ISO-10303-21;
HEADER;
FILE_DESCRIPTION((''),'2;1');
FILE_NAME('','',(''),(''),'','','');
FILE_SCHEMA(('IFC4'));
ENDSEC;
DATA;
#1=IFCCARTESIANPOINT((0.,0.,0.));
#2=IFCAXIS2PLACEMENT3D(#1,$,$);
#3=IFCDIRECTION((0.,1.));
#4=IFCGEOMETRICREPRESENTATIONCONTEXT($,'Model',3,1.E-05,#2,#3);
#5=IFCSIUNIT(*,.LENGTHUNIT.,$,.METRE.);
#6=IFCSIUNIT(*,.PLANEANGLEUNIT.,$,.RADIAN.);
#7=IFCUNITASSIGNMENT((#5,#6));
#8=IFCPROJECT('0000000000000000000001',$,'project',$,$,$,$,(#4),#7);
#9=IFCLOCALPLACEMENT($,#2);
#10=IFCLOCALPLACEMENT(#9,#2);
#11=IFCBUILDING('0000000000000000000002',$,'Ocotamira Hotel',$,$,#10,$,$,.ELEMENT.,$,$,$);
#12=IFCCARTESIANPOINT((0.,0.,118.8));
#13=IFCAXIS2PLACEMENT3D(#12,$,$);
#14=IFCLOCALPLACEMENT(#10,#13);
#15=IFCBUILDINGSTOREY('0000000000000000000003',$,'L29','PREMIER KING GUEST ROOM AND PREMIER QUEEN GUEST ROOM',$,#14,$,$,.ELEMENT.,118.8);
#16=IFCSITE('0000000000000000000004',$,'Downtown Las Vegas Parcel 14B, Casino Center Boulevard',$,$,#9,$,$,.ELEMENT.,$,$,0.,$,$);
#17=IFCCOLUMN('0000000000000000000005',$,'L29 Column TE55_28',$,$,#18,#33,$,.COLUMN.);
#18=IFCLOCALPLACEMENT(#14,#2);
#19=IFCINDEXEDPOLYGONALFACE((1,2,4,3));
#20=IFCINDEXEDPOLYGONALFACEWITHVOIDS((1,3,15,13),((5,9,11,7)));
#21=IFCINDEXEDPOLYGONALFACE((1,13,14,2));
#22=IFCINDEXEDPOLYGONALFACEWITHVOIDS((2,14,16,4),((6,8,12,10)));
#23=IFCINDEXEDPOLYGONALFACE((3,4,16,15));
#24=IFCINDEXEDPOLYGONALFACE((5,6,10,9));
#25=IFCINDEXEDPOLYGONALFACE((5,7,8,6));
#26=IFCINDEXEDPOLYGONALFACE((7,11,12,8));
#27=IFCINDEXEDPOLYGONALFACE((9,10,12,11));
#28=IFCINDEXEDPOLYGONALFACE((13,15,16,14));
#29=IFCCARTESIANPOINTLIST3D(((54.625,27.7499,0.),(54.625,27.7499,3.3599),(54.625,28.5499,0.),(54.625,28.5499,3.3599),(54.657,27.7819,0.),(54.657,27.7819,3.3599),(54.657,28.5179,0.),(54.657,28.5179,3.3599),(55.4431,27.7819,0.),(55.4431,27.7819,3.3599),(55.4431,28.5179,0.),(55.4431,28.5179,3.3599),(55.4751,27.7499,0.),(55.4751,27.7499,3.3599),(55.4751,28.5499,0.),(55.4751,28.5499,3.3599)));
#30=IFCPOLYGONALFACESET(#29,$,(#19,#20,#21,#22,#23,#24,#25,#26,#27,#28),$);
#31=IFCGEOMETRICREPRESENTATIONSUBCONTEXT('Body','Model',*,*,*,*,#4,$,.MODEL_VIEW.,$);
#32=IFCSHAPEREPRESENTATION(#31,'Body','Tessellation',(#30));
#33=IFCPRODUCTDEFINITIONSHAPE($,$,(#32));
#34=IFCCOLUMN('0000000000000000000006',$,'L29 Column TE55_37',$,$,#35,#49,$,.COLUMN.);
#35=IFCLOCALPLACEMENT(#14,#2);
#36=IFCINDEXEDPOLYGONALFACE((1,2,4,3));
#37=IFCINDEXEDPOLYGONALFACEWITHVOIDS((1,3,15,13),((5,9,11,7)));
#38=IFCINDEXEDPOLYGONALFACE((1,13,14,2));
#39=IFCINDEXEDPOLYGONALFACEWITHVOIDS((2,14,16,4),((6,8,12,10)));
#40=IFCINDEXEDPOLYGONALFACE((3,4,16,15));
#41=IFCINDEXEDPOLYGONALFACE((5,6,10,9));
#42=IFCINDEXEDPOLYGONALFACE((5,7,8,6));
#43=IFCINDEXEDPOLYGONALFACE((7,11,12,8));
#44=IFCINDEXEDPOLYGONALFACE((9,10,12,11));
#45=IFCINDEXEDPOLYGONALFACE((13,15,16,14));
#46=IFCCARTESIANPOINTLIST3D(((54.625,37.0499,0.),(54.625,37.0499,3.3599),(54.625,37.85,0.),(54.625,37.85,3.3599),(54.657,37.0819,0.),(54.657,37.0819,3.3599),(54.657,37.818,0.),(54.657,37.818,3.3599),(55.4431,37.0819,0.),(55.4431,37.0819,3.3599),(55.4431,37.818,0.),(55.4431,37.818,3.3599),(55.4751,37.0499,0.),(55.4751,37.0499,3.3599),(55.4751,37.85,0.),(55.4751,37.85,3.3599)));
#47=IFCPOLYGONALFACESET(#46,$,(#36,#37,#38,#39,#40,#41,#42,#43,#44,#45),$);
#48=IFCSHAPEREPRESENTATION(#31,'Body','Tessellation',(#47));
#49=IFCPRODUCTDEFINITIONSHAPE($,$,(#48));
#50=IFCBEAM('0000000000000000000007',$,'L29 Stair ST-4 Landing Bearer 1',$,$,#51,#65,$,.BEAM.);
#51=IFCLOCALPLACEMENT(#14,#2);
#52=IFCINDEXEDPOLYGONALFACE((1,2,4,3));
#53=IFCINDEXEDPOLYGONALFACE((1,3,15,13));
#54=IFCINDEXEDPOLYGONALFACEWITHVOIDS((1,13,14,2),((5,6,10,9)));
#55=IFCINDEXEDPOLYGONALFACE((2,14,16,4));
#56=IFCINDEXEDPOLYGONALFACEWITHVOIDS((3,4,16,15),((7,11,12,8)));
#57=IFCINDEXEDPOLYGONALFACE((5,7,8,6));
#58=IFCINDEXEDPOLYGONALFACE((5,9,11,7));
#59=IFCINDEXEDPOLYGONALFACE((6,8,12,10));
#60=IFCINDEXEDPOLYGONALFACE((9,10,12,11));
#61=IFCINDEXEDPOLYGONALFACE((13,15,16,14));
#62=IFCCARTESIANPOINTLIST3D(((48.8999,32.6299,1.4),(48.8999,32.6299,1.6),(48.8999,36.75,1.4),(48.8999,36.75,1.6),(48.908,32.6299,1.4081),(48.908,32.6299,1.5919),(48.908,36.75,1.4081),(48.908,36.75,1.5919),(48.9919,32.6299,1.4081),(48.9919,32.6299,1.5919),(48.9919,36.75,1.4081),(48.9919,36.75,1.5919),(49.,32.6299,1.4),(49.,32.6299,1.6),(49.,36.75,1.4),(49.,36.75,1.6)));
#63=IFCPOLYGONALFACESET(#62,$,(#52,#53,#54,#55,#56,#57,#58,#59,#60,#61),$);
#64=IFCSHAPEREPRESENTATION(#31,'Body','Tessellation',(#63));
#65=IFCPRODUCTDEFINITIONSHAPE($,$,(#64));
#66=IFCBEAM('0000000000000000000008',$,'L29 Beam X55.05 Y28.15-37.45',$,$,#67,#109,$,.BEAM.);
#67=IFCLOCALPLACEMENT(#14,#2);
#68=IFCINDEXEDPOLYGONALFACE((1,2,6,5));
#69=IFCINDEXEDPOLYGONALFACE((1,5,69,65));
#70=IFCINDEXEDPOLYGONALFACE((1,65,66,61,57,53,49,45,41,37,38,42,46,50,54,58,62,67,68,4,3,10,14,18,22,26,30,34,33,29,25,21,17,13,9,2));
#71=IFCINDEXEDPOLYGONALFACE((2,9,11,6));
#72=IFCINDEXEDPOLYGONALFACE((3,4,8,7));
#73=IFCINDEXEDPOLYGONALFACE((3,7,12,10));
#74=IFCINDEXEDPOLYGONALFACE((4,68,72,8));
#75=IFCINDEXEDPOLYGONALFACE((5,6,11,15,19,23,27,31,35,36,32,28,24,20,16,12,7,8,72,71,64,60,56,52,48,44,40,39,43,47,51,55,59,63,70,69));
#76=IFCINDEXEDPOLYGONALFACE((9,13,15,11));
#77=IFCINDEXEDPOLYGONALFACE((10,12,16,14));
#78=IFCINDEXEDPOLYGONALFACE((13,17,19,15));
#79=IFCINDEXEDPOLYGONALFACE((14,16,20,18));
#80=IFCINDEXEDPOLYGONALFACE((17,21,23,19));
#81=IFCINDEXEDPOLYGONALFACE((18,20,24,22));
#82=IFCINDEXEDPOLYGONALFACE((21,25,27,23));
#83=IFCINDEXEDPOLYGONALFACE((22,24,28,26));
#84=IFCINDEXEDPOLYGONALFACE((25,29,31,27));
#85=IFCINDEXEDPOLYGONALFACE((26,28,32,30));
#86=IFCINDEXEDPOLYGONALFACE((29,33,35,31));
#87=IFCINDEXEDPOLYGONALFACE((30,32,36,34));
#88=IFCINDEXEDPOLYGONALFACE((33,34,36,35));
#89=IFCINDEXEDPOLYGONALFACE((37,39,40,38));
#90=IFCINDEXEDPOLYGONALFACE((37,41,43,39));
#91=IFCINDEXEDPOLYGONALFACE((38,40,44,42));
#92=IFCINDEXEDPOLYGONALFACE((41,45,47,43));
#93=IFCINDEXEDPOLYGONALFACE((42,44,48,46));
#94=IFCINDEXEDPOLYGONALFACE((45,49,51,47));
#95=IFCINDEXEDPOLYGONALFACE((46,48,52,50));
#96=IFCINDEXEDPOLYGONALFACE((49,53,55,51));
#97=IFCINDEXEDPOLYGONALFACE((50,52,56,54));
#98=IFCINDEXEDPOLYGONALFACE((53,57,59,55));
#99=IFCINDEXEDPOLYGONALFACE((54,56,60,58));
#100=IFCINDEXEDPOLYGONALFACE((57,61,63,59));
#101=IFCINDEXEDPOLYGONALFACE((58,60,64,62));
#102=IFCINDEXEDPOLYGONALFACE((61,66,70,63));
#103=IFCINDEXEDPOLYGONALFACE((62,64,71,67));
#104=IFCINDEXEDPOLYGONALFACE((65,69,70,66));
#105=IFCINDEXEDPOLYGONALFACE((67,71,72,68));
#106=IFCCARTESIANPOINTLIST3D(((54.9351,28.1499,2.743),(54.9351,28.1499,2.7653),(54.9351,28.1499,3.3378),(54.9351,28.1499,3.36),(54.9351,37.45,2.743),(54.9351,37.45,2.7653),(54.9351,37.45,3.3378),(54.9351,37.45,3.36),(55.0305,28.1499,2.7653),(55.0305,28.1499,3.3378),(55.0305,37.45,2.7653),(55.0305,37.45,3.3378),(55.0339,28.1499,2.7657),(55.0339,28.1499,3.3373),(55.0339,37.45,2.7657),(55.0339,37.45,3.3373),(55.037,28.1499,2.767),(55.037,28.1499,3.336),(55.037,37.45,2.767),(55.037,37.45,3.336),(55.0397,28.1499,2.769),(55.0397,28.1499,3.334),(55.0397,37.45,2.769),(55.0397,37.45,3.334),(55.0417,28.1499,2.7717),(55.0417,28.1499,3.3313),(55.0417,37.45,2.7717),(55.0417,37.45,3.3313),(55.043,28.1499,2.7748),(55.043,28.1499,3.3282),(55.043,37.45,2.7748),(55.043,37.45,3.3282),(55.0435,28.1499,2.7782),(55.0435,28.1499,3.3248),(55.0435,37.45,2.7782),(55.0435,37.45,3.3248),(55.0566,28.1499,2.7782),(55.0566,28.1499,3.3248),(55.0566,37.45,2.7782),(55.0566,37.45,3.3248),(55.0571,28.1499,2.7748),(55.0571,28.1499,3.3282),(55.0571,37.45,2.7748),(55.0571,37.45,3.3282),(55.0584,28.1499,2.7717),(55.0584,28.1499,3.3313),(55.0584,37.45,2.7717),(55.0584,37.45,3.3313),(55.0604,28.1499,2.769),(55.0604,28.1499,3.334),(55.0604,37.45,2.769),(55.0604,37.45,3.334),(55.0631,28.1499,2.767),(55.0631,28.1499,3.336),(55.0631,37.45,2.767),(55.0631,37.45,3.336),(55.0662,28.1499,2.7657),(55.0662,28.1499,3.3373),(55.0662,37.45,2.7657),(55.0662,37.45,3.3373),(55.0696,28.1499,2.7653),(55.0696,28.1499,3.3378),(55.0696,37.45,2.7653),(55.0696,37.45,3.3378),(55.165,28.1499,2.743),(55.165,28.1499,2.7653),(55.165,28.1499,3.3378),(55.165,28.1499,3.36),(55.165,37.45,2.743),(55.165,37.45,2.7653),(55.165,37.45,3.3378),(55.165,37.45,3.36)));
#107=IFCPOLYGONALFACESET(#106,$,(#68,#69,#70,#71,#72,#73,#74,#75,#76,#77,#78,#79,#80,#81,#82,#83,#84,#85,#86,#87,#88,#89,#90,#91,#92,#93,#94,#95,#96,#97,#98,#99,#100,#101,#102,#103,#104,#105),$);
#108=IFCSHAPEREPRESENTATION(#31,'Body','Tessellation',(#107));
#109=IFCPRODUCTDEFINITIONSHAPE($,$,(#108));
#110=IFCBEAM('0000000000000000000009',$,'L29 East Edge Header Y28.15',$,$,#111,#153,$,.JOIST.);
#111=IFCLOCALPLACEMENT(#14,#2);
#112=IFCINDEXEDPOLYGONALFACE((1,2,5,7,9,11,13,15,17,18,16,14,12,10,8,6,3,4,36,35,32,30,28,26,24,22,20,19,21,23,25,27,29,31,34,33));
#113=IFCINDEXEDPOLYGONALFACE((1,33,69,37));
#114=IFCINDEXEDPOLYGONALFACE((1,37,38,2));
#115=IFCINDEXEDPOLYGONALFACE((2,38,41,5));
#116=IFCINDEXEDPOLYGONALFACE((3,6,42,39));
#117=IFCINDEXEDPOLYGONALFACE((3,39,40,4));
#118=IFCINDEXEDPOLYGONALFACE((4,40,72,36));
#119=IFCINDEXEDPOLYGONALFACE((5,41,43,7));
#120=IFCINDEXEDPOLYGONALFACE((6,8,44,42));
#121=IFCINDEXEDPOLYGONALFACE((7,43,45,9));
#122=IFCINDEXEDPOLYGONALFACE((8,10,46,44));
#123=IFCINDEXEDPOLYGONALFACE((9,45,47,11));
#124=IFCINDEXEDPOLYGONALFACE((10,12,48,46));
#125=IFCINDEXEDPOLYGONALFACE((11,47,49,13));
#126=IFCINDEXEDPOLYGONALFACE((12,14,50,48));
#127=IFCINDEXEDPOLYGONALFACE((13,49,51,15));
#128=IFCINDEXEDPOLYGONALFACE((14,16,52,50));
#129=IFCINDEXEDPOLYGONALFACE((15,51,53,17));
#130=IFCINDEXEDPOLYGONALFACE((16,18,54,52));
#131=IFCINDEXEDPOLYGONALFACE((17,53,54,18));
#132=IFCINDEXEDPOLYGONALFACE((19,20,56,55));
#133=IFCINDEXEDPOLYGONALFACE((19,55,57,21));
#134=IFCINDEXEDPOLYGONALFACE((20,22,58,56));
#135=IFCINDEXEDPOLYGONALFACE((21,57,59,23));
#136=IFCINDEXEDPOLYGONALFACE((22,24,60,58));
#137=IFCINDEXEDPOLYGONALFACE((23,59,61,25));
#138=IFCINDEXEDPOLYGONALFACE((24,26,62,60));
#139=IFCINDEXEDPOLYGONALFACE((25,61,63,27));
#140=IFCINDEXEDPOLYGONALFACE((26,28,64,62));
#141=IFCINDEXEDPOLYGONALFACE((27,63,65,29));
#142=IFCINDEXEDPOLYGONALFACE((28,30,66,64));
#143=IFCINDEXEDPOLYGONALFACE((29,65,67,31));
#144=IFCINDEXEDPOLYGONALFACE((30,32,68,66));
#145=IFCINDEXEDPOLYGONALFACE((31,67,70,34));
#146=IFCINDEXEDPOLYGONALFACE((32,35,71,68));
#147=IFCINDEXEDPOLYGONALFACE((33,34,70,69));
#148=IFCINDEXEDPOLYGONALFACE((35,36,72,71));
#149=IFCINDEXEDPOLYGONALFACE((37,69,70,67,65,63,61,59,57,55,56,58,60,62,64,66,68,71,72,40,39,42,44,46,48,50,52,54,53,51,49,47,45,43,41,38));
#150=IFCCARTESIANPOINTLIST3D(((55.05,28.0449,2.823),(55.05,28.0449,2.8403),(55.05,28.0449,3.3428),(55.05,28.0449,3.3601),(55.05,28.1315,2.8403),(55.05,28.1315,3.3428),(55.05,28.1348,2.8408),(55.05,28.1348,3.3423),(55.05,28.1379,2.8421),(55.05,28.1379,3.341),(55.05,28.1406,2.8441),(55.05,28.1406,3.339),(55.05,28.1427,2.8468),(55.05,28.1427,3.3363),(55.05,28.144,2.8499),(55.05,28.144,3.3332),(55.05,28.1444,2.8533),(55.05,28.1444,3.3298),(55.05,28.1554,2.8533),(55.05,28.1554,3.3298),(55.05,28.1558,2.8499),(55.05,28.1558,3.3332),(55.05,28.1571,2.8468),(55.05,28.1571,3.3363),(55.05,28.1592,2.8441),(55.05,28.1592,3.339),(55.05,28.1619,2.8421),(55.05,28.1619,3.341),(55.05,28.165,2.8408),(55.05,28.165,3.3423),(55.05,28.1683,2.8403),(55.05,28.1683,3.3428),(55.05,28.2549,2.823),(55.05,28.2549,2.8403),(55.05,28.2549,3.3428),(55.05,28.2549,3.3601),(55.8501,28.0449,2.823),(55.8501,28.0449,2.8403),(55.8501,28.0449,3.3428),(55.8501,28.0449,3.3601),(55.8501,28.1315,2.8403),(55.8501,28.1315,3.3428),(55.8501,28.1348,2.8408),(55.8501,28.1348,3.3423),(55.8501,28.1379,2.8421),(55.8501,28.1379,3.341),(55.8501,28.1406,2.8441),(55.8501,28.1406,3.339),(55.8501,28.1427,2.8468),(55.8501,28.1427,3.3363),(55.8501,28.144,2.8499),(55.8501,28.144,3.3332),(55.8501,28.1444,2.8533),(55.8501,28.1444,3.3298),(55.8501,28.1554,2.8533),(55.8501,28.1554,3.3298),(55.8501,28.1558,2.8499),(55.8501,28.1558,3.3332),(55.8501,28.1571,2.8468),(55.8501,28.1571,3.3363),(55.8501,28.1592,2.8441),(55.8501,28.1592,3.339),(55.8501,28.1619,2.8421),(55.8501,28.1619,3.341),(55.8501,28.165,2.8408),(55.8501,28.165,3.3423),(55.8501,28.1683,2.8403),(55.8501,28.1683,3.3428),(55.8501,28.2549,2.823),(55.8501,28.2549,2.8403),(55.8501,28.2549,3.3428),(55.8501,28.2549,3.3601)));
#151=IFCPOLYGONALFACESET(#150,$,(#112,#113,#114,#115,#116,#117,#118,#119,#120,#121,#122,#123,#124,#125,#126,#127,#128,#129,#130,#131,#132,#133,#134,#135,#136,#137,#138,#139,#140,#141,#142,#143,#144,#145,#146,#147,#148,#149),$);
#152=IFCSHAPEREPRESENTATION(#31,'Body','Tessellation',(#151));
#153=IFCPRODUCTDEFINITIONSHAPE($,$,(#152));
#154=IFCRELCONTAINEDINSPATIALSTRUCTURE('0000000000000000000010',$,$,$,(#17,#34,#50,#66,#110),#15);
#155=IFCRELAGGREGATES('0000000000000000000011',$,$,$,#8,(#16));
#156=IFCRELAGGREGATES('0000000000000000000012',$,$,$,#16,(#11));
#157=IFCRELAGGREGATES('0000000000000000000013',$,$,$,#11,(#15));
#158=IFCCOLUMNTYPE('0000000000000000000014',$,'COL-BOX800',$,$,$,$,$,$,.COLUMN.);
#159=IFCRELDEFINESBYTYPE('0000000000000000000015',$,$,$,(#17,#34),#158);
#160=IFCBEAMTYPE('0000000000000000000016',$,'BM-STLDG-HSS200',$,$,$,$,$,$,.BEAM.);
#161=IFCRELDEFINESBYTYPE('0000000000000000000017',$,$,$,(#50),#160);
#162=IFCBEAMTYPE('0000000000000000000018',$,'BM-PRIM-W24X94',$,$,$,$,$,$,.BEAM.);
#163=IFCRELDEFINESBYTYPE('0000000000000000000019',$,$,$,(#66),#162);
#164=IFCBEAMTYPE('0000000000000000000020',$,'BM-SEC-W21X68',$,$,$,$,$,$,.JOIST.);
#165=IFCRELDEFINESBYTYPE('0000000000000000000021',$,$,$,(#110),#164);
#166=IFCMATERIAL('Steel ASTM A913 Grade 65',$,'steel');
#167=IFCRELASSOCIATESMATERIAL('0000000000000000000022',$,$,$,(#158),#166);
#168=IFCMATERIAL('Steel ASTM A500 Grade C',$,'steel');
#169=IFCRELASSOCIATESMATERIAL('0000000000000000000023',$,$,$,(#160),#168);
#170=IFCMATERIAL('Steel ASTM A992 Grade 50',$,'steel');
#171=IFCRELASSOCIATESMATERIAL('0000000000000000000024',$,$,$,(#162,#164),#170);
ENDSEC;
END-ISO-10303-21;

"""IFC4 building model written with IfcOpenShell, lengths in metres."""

from ifc_helpers import new_model, si_unit, direction, frame, origin, origin_2d, place, context, subcontext, project, spatial, hollow_rectangle, i_section, extrude, source, transform, mapped, material, material_profile, profile_set, type_object, element, save


model = new_model("IFC4")

# Units and contexts
model_context = context("Model", 3, precision=1e-05, world=origin(), true_north=direction((0.0, 1.0)))
body_context = subcontext(model_context, "Body", "Model", "MODEL_VIEW")
ifc_project = project(units=[si_unit("LENGTHUNIT", "METRE"), si_unit("PLANEANGLEUNIT", "RADIAN")], contexts=[model_context])

# Site, building, storey
site_placement = place(None, origin())
site = spatial("IfcSite", under=ifc_project, at=site_placement, Name="Downtown Las Vegas Parcel 14B, Casino Center Boulevard", CompositionType="ELEMENT", RefElevation=0.0)
building_placement = place(site_placement, origin())
building = spatial("IfcBuilding", under=site, at=building_placement, Name="Ocotamira Hotel", CompositionType="ELEMENT")
storey_placement = place(building_placement, frame((0.0, 0.0, 118.8)))
storey = spatial("IfcBuildingStorey", under=building, at=storey_placement, Name="L29", Description="PREMIER KING GUEST ROOM AND PREMIER QUEEN GUEST ROOM", CompositionType="ELEMENT", Elevation=118.8)

# Columns
ifc_material_1 = material(Name="Steel ASTM A913 Grade 65", Category="steel")
ifc_material_profile_1 = material_profile(ifc_material_1, hollow_rectangle(XDim=0.8501, YDim=0.8, WallThickness=0.032, at=origin_2d()), Name="BOX800X850X32")
ifc_profile_set_1 = profile_set([ifc_material_profile_1], Name="Steel ASTM A913 Grade 65")
column_type = type_object("IfcColumnType", Name="COL-BOX800", PredefinedType="COLUMN", material=ifc_profile_set_1)
shared_shape_1 = source(origin(), body_context, "Body", "SweptSolid", [
    extrude(hollow_rectangle(XDim=0.8501, YDim=0.8, WallThickness=0.032, at=origin_2d()), origin(), (0.0, 0.0, 1.0), 3.3599),
])
for number, where, z_axis, x_axis, name in (
    (1, (55.05, 28.1499, 0.0), (0.0, 0.0, 1.0), (1.0, 0.0, 0.0), "L29 Column TE55_28"),
    (2, (55.05, 37.45, 0.0), (0.0, 0.0, 1.0), (1.0, 0.0, 0.0), "L29 Column TE55_37"),
):
    element("IfcColumn", number, at=place(storey_placement, frame(where, z_axis=z_axis, x_axis=x_axis)), inside=storey, type_object=column_type, Name=name, PredefinedType="COLUMN", context=body_context, shape_type="MappedRepresentation", body=[
        mapped(shared_shape_1, transform((0.0, 0.0, 0.0), scale=1.0)),
    ])

# Beams
ifc_material_2 = material(Name="Steel ASTM A500 Grade C", Category="steel")
ifc_material_profile_2 = material_profile(ifc_material_2, hollow_rectangle(XDim=0.1001, YDim=0.2, WallThickness=0.0081, at=origin_2d()), Name="HSS200X100X8")
ifc_profile_set_2 = profile_set([ifc_material_profile_2], Name="Steel ASTM A500 Grade C")
beam_type_1 = type_object("IfcBeamType", Name="BM-STLDG-HSS200", PredefinedType="BEAM", material=ifc_profile_set_2)
shared_shape_2 = source(origin(), body_context, "Body", "SweptSolid", [
    extrude(hollow_rectangle(XDim=0.1001, YDim=0.2, WallThickness=0.0081, at=origin_2d()), origin(), (0.0, 0.0, 1.0), 4.1201),
])
beam_1_placement = place(storey_placement, frame((48.95, 32.6299, 1.5), z_axis=(0.0, 1.0, 0.0), x_axis=(-1.0, 0.0, 0.0)))
element("IfcBeam", 3, at=beam_1_placement, inside=storey, type_object=beam_type_1, Name="L29 Stair ST-4 Landing Bearer 1", PredefinedType="BEAM", context=body_context, shape_type="MappedRepresentation", body=[
    mapped(shared_shape_2, transform((0.0, 0.0, 0.0), scale=1.0)),
])
ifc_material_3 = material(Name="Steel ASTM A992 Grade 50", Category="steel")
ifc_material_profile_3 = material_profile(ifc_material_3, i_section(OverallWidth=0.23, OverallDepth=0.6169, WebThickness=0.0132, FlangeThickness=0.0222, FilletRadius=0.0129, at=origin_2d()), Name="W24X94")
ifc_profile_set_3 = profile_set([ifc_material_profile_3], Name="Steel ASTM A992 Grade 50")
beam_type_2 = type_object("IfcBeamType", Name="BM-PRIM-W24X94", PredefinedType="BEAM", material=ifc_profile_set_3)
shared_shape_3 = source(origin(), body_context, "Body", "SweptSolid", [
    extrude(i_section(OverallWidth=0.23, OverallDepth=0.6169, WebThickness=0.0132, FlangeThickness=0.0222, FilletRadius=0.0129, at=origin_2d()), origin(), (0.0, 0.0, 1.0), 9.3),
])
beam_2_placement = place(storey_placement, frame((55.05, 28.1499, 3.0515), z_axis=(0.0, 1.0, 0.0), x_axis=(-1.0, 0.0, 0.0)))
element("IfcBeam", 4, at=beam_2_placement, inside=storey, type_object=beam_type_2, Name="L29 Beam X55.05 Y28.15-37.45", PredefinedType="BEAM", context=body_context, shape_type="MappedRepresentation", body=[
    mapped(shared_shape_3, transform((0.0, 0.0, 0.0), scale=1.0)),
])
ifc_material_profile_4 = material_profile(ifc_material_3, i_section(OverallWidth=0.21, OverallDepth=0.5371, WebThickness=0.011, FlangeThickness=0.0173, FilletRadius=0.0129, at=origin_2d()), Name="W21X68")
ifc_profile_set_4 = profile_set([ifc_material_profile_4], Name="Steel ASTM A992 Grade 50")
beam_type_3 = type_object("IfcBeamType", Name="BM-SEC-W21X68", PredefinedType="JOIST", material=ifc_profile_set_4)
shared_shape_4 = source(origin(), body_context, "Body", "SweptSolid", [
    extrude(i_section(OverallWidth=0.21, OverallDepth=0.5371, WebThickness=0.011, FlangeThickness=0.0173, FilletRadius=0.0129, at=origin_2d()), origin(), (0.0, 0.0, 1.0), 0.8),
])
for number, where, z_axis, x_axis, name in (
    (5, (55.05, 28.1499, 3.0916), (1.0, 0.0, 0.0), (0.0, 1.0, 0.0), "L29 East Edge Header Y28.15"),
):
    element("IfcBeam", number, at=place(storey_placement, frame(where, z_axis=z_axis, x_axis=x_axis)), inside=storey, type_object=beam_type_3, Name=name, PredefinedType="JOIST", context=body_context, shape_type="MappedRepresentation", body=[
        mapped(shared_shape_4, transform((0.0, 0.0, 0.0), scale=1.0)),
    ])

save(model, "model.ifc")
